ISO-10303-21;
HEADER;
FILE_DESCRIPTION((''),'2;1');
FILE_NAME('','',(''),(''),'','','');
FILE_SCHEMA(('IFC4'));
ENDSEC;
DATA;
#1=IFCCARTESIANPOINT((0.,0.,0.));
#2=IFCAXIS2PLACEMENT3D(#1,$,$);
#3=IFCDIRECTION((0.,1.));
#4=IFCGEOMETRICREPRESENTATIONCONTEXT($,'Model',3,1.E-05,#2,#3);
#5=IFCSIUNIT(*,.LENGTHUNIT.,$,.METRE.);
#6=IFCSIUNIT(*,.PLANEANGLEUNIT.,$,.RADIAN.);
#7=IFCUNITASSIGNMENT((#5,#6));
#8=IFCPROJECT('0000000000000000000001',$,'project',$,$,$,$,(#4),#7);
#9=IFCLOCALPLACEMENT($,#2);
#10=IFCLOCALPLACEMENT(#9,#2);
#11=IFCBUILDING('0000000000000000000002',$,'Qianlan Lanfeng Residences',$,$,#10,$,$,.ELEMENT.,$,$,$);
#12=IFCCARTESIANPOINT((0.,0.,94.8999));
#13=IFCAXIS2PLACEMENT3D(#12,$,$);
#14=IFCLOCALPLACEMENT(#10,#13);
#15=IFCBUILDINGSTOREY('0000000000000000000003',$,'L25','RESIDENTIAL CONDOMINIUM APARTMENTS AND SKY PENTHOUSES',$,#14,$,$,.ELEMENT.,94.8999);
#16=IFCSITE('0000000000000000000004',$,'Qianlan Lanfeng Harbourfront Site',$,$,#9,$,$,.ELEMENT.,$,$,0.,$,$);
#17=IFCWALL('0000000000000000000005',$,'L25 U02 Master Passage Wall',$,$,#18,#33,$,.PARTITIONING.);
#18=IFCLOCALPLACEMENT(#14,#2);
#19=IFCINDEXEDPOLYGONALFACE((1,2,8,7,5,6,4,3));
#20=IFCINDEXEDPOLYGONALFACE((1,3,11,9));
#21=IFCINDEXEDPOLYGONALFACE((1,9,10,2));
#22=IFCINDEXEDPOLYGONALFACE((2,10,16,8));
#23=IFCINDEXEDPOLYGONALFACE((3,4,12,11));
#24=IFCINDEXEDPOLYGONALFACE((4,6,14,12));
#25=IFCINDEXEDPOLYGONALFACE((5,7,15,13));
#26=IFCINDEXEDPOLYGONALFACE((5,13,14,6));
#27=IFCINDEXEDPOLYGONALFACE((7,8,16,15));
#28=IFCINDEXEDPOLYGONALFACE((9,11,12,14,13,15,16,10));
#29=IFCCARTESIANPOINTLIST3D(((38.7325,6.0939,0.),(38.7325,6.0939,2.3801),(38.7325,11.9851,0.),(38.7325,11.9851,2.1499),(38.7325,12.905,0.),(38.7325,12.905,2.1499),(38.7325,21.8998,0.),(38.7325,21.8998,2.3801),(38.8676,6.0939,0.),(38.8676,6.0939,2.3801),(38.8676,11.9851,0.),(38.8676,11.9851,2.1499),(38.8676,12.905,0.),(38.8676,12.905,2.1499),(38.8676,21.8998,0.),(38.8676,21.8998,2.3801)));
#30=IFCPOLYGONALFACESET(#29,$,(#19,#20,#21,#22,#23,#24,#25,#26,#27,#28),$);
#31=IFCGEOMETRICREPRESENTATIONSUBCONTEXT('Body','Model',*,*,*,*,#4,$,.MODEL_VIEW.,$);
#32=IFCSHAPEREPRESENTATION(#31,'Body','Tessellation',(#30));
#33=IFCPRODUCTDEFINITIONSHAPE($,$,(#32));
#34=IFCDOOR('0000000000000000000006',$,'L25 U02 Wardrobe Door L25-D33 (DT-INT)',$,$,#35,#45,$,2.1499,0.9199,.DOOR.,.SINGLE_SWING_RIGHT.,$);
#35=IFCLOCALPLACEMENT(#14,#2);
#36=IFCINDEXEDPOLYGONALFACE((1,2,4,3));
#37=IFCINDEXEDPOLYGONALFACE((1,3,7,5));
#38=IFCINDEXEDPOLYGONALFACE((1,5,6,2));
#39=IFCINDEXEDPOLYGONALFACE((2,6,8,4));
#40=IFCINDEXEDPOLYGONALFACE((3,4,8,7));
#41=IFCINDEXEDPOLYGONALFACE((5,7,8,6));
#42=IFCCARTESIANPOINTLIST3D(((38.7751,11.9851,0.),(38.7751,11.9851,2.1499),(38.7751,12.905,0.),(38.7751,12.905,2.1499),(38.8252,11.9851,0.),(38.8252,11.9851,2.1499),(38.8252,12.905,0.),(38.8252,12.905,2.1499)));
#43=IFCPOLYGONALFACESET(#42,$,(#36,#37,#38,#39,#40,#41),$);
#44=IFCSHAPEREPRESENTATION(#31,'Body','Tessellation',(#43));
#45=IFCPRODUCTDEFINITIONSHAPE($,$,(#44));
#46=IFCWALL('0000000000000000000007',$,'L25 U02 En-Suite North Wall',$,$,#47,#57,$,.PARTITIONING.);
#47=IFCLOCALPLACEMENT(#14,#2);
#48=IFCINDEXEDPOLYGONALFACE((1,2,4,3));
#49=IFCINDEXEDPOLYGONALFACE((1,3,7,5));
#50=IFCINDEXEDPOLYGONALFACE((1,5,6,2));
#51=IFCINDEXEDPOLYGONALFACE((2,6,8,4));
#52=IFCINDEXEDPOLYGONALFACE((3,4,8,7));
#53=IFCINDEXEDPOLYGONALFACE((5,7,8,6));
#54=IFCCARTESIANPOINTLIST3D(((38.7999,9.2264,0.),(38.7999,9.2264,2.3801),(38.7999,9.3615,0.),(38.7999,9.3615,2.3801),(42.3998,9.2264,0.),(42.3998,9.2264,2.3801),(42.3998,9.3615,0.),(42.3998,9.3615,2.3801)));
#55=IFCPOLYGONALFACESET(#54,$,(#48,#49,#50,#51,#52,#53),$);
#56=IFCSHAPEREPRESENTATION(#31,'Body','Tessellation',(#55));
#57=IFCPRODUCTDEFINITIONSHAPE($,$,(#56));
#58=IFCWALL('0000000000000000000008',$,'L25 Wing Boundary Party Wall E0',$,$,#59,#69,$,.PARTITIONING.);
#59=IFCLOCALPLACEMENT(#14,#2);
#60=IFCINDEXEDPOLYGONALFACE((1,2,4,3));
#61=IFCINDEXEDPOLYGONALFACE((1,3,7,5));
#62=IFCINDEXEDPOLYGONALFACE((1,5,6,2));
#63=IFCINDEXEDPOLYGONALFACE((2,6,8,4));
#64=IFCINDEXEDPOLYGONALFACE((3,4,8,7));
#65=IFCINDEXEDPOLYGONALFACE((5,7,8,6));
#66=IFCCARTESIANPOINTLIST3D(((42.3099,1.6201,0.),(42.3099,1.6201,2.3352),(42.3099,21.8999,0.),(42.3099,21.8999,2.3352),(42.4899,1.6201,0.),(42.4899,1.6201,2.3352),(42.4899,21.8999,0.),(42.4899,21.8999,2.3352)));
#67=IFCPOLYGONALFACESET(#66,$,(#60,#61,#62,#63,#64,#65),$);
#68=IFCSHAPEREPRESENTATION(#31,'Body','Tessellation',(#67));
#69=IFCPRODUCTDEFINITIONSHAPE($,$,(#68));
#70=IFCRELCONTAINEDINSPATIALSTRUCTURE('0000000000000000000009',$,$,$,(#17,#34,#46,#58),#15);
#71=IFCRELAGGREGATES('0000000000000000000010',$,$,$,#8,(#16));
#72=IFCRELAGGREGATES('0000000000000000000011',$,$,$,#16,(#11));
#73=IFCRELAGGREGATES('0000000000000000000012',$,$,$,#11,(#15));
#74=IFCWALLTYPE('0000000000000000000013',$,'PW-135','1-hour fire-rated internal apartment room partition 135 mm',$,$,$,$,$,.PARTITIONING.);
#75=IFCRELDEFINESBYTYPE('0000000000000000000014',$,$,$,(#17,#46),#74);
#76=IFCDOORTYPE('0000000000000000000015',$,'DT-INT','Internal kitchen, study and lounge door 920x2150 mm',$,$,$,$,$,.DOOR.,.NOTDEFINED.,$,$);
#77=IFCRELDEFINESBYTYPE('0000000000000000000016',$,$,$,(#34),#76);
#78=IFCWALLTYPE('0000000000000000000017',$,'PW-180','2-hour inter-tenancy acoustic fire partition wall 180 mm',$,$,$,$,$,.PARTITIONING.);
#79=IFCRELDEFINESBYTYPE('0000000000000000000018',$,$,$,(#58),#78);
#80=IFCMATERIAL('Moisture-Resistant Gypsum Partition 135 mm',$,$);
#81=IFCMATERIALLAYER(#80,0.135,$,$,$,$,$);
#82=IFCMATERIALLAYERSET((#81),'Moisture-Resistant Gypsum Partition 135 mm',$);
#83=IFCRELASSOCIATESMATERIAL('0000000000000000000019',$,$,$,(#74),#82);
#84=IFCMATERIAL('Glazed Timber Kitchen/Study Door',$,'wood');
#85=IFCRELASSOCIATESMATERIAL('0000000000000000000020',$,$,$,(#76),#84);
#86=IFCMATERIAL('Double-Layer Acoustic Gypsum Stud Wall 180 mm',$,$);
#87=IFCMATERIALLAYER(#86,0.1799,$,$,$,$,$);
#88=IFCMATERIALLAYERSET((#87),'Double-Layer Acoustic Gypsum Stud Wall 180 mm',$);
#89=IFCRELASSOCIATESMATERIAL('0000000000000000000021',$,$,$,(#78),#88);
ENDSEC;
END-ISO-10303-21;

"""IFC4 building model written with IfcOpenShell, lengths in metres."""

from ifc_helpers import new_model, si_unit, direction, frame, frame_2d, origin, place, context, subcontext, project, spatial, rectangle, extrude, material, layer, layer_set, type_object, element, fill, save


model = new_model("IFC4")

# Units and contexts
model_context = context("Model", 3, precision=1e-05, world=origin(), true_north=direction((0.0, 1.0)))
body_context = subcontext(model_context, "Body", "Model", "MODEL_VIEW")
ifc_project = project(units=[si_unit("LENGTHUNIT", "METRE"), si_unit("PLANEANGLEUNIT", "RADIAN")], contexts=[model_context])

# Site, building, storey
site_placement = place(None, origin())
site = spatial("IfcSite", under=ifc_project, at=site_placement, Name="Qianlan Lanfeng Harbourfront Site", CompositionType="ELEMENT", RefElevation=0.0)
building_placement = place(site_placement, origin())
building = spatial("IfcBuilding", under=site, at=building_placement, Name="Qianlan Lanfeng Residences", CompositionType="ELEMENT")
storey_placement = place(building_placement, frame((0.0, 0.0, 94.8999)))
storey = spatial("IfcBuildingStorey", under=building, at=storey_placement, Name="L25", Description="RESIDENTIAL CONDOMINIUM APARTMENTS AND SKY PENTHOUSES", CompositionType="ELEMENT", Elevation=94.8999)

# Wall, opening, door
ifc_material_1 = material(Name="Moisture-Resistant Gypsum Partition 135 mm")
ifc_layer_1 = layer(ifc_material_1, 0.135)
ifc_layer_set_1 = layer_set([ifc_layer_1], Name="Moisture-Resistant Gypsum Partition 135 mm")
wall_type_1 = type_object("IfcWallType", Name="PW-135", Description="1-hour fire-rated internal apartment room partition 135 mm", PredefinedType="PARTITIONING", material=ifc_layer_set_1)
wall_1_placement = place(storey_placement, frame((38.8, 6.094, 0.0), z_axis=(0.0, 0.0, 1.0), x_axis=(0.0, 1.0, 0.0)))
wall_1 = element("IfcWall", 1, at=wall_1_placement, inside=storey, type_object=wall_type_1, Name="L25 U02 Master Passage Wall", PredefinedType="PARTITIONING", context=body_context, shape_type="SweptSolid", body=[
    extrude(rectangle(XDim=15.8059, YDim=0.135, at=frame_2d((7.9028, 0.0))), origin(), (0.0, 0.0, 1.0), 2.3801),
])
opening_1_placement = place(wall_1_placement, frame((5.8911, 0.0, 0.0)))
opening_1 = element("IfcOpeningElement", 2, at=opening_1_placement, cuts=wall_1, PredefinedType="OPENING", context=body_context, shape_type="SweptSolid", body=[
    extrude(rectangle(XDim=0.9199, YDim=2.1499, at=frame_2d((0.46, 1.075))), frame((0.0, 0.0776, 0.0), z_axis=(0.0, -1.0, 0.0), x_axis=(1.0, 0.0, 0.0)), (0.0, 0.0, 1.0), 0.155),
])
ifc_material_2 = material(Name="Glazed Timber Kitchen/Study Door", Category="wood")
door_type_1 = type_object("IfcDoorType", Name="DT-INT", Description="Internal kitchen, study and lounge door 920x2150 mm", OperationType="NOTDEFINED", PredefinedType="DOOR", material=ifc_material_2)
door_1_placement = place(opening_1_placement, origin())
door_1 = element("IfcDoor", 3, at=door_1_placement, inside=storey, type_object=door_type_1, Name="L25 U02 Wardrobe Door L25-D33 (DT-INT)", OperationType="SINGLE_SWING_RIGHT", OverallHeight=2.1499, OverallWidth=0.9199, PredefinedType="DOOR", context=body_context, shape_type="SweptSolid", body=[
    extrude(rectangle(XDim=0.9199, YDim=2.1499, at=frame_2d((0.46, 1.075))), frame((0.0, 0.0249, 0.0), z_axis=(0.0, -1.0, 0.0), x_axis=(1.0, 0.0, 0.0)), (0.0, 0.0, 1.0), 0.05),
])
fill(opening_1, door_1)

# Walls
wall_2_placement = place(storey_placement, frame((38.8, 9.2939, 0.0), z_axis=(0.0, 0.0, 1.0), x_axis=(1.0, 0.0, 0.0)))
element("IfcWall", 4, at=wall_2_placement, inside=storey, type_object=wall_type_1, Name="L25 U02 En-Suite North Wall", PredefinedType="PARTITIONING", context=body_context, shape_type="SweptSolid", body=[
    extrude(rectangle(XDim=3.5999, YDim=0.135, at=frame_2d((1.7998, 0.0))), origin(), (0.0, 0.0, 1.0), 2.3801),
])
ifc_material_3 = material(Name="Double-Layer Acoustic Gypsum Stud Wall 180 mm")
ifc_layer_2 = layer(ifc_material_3, 0.1799)
ifc_layer_set_2 = layer_set([ifc_layer_2], Name="Double-Layer Acoustic Gypsum Stud Wall 180 mm")
wall_type_2 = type_object("IfcWallType", Name="PW-180", Description="2-hour inter-tenancy acoustic fire partition wall 180 mm", PredefinedType="PARTITIONING", material=ifc_layer_set_2)
wall_3_placement = place(storey_placement, frame((42.3999, 1.6201, 0.0), z_axis=(0.0, 0.0, 1.0), x_axis=(0.0, 1.0, 0.0)))
element("IfcWall", 5, at=wall_3_placement, inside=storey, type_object=wall_type_2, Name="L25 Wing Boundary Party Wall E0", PredefinedType="PARTITIONING", context=body_context, shape_type="SweptSolid", body=[
    extrude(rectangle(XDim=20.2798, YDim=0.1799, at=frame_2d((10.1399, 0.0))), origin(), (0.0, 0.0, 1.0), 2.3352),
])

save(model, "model.ifc")
